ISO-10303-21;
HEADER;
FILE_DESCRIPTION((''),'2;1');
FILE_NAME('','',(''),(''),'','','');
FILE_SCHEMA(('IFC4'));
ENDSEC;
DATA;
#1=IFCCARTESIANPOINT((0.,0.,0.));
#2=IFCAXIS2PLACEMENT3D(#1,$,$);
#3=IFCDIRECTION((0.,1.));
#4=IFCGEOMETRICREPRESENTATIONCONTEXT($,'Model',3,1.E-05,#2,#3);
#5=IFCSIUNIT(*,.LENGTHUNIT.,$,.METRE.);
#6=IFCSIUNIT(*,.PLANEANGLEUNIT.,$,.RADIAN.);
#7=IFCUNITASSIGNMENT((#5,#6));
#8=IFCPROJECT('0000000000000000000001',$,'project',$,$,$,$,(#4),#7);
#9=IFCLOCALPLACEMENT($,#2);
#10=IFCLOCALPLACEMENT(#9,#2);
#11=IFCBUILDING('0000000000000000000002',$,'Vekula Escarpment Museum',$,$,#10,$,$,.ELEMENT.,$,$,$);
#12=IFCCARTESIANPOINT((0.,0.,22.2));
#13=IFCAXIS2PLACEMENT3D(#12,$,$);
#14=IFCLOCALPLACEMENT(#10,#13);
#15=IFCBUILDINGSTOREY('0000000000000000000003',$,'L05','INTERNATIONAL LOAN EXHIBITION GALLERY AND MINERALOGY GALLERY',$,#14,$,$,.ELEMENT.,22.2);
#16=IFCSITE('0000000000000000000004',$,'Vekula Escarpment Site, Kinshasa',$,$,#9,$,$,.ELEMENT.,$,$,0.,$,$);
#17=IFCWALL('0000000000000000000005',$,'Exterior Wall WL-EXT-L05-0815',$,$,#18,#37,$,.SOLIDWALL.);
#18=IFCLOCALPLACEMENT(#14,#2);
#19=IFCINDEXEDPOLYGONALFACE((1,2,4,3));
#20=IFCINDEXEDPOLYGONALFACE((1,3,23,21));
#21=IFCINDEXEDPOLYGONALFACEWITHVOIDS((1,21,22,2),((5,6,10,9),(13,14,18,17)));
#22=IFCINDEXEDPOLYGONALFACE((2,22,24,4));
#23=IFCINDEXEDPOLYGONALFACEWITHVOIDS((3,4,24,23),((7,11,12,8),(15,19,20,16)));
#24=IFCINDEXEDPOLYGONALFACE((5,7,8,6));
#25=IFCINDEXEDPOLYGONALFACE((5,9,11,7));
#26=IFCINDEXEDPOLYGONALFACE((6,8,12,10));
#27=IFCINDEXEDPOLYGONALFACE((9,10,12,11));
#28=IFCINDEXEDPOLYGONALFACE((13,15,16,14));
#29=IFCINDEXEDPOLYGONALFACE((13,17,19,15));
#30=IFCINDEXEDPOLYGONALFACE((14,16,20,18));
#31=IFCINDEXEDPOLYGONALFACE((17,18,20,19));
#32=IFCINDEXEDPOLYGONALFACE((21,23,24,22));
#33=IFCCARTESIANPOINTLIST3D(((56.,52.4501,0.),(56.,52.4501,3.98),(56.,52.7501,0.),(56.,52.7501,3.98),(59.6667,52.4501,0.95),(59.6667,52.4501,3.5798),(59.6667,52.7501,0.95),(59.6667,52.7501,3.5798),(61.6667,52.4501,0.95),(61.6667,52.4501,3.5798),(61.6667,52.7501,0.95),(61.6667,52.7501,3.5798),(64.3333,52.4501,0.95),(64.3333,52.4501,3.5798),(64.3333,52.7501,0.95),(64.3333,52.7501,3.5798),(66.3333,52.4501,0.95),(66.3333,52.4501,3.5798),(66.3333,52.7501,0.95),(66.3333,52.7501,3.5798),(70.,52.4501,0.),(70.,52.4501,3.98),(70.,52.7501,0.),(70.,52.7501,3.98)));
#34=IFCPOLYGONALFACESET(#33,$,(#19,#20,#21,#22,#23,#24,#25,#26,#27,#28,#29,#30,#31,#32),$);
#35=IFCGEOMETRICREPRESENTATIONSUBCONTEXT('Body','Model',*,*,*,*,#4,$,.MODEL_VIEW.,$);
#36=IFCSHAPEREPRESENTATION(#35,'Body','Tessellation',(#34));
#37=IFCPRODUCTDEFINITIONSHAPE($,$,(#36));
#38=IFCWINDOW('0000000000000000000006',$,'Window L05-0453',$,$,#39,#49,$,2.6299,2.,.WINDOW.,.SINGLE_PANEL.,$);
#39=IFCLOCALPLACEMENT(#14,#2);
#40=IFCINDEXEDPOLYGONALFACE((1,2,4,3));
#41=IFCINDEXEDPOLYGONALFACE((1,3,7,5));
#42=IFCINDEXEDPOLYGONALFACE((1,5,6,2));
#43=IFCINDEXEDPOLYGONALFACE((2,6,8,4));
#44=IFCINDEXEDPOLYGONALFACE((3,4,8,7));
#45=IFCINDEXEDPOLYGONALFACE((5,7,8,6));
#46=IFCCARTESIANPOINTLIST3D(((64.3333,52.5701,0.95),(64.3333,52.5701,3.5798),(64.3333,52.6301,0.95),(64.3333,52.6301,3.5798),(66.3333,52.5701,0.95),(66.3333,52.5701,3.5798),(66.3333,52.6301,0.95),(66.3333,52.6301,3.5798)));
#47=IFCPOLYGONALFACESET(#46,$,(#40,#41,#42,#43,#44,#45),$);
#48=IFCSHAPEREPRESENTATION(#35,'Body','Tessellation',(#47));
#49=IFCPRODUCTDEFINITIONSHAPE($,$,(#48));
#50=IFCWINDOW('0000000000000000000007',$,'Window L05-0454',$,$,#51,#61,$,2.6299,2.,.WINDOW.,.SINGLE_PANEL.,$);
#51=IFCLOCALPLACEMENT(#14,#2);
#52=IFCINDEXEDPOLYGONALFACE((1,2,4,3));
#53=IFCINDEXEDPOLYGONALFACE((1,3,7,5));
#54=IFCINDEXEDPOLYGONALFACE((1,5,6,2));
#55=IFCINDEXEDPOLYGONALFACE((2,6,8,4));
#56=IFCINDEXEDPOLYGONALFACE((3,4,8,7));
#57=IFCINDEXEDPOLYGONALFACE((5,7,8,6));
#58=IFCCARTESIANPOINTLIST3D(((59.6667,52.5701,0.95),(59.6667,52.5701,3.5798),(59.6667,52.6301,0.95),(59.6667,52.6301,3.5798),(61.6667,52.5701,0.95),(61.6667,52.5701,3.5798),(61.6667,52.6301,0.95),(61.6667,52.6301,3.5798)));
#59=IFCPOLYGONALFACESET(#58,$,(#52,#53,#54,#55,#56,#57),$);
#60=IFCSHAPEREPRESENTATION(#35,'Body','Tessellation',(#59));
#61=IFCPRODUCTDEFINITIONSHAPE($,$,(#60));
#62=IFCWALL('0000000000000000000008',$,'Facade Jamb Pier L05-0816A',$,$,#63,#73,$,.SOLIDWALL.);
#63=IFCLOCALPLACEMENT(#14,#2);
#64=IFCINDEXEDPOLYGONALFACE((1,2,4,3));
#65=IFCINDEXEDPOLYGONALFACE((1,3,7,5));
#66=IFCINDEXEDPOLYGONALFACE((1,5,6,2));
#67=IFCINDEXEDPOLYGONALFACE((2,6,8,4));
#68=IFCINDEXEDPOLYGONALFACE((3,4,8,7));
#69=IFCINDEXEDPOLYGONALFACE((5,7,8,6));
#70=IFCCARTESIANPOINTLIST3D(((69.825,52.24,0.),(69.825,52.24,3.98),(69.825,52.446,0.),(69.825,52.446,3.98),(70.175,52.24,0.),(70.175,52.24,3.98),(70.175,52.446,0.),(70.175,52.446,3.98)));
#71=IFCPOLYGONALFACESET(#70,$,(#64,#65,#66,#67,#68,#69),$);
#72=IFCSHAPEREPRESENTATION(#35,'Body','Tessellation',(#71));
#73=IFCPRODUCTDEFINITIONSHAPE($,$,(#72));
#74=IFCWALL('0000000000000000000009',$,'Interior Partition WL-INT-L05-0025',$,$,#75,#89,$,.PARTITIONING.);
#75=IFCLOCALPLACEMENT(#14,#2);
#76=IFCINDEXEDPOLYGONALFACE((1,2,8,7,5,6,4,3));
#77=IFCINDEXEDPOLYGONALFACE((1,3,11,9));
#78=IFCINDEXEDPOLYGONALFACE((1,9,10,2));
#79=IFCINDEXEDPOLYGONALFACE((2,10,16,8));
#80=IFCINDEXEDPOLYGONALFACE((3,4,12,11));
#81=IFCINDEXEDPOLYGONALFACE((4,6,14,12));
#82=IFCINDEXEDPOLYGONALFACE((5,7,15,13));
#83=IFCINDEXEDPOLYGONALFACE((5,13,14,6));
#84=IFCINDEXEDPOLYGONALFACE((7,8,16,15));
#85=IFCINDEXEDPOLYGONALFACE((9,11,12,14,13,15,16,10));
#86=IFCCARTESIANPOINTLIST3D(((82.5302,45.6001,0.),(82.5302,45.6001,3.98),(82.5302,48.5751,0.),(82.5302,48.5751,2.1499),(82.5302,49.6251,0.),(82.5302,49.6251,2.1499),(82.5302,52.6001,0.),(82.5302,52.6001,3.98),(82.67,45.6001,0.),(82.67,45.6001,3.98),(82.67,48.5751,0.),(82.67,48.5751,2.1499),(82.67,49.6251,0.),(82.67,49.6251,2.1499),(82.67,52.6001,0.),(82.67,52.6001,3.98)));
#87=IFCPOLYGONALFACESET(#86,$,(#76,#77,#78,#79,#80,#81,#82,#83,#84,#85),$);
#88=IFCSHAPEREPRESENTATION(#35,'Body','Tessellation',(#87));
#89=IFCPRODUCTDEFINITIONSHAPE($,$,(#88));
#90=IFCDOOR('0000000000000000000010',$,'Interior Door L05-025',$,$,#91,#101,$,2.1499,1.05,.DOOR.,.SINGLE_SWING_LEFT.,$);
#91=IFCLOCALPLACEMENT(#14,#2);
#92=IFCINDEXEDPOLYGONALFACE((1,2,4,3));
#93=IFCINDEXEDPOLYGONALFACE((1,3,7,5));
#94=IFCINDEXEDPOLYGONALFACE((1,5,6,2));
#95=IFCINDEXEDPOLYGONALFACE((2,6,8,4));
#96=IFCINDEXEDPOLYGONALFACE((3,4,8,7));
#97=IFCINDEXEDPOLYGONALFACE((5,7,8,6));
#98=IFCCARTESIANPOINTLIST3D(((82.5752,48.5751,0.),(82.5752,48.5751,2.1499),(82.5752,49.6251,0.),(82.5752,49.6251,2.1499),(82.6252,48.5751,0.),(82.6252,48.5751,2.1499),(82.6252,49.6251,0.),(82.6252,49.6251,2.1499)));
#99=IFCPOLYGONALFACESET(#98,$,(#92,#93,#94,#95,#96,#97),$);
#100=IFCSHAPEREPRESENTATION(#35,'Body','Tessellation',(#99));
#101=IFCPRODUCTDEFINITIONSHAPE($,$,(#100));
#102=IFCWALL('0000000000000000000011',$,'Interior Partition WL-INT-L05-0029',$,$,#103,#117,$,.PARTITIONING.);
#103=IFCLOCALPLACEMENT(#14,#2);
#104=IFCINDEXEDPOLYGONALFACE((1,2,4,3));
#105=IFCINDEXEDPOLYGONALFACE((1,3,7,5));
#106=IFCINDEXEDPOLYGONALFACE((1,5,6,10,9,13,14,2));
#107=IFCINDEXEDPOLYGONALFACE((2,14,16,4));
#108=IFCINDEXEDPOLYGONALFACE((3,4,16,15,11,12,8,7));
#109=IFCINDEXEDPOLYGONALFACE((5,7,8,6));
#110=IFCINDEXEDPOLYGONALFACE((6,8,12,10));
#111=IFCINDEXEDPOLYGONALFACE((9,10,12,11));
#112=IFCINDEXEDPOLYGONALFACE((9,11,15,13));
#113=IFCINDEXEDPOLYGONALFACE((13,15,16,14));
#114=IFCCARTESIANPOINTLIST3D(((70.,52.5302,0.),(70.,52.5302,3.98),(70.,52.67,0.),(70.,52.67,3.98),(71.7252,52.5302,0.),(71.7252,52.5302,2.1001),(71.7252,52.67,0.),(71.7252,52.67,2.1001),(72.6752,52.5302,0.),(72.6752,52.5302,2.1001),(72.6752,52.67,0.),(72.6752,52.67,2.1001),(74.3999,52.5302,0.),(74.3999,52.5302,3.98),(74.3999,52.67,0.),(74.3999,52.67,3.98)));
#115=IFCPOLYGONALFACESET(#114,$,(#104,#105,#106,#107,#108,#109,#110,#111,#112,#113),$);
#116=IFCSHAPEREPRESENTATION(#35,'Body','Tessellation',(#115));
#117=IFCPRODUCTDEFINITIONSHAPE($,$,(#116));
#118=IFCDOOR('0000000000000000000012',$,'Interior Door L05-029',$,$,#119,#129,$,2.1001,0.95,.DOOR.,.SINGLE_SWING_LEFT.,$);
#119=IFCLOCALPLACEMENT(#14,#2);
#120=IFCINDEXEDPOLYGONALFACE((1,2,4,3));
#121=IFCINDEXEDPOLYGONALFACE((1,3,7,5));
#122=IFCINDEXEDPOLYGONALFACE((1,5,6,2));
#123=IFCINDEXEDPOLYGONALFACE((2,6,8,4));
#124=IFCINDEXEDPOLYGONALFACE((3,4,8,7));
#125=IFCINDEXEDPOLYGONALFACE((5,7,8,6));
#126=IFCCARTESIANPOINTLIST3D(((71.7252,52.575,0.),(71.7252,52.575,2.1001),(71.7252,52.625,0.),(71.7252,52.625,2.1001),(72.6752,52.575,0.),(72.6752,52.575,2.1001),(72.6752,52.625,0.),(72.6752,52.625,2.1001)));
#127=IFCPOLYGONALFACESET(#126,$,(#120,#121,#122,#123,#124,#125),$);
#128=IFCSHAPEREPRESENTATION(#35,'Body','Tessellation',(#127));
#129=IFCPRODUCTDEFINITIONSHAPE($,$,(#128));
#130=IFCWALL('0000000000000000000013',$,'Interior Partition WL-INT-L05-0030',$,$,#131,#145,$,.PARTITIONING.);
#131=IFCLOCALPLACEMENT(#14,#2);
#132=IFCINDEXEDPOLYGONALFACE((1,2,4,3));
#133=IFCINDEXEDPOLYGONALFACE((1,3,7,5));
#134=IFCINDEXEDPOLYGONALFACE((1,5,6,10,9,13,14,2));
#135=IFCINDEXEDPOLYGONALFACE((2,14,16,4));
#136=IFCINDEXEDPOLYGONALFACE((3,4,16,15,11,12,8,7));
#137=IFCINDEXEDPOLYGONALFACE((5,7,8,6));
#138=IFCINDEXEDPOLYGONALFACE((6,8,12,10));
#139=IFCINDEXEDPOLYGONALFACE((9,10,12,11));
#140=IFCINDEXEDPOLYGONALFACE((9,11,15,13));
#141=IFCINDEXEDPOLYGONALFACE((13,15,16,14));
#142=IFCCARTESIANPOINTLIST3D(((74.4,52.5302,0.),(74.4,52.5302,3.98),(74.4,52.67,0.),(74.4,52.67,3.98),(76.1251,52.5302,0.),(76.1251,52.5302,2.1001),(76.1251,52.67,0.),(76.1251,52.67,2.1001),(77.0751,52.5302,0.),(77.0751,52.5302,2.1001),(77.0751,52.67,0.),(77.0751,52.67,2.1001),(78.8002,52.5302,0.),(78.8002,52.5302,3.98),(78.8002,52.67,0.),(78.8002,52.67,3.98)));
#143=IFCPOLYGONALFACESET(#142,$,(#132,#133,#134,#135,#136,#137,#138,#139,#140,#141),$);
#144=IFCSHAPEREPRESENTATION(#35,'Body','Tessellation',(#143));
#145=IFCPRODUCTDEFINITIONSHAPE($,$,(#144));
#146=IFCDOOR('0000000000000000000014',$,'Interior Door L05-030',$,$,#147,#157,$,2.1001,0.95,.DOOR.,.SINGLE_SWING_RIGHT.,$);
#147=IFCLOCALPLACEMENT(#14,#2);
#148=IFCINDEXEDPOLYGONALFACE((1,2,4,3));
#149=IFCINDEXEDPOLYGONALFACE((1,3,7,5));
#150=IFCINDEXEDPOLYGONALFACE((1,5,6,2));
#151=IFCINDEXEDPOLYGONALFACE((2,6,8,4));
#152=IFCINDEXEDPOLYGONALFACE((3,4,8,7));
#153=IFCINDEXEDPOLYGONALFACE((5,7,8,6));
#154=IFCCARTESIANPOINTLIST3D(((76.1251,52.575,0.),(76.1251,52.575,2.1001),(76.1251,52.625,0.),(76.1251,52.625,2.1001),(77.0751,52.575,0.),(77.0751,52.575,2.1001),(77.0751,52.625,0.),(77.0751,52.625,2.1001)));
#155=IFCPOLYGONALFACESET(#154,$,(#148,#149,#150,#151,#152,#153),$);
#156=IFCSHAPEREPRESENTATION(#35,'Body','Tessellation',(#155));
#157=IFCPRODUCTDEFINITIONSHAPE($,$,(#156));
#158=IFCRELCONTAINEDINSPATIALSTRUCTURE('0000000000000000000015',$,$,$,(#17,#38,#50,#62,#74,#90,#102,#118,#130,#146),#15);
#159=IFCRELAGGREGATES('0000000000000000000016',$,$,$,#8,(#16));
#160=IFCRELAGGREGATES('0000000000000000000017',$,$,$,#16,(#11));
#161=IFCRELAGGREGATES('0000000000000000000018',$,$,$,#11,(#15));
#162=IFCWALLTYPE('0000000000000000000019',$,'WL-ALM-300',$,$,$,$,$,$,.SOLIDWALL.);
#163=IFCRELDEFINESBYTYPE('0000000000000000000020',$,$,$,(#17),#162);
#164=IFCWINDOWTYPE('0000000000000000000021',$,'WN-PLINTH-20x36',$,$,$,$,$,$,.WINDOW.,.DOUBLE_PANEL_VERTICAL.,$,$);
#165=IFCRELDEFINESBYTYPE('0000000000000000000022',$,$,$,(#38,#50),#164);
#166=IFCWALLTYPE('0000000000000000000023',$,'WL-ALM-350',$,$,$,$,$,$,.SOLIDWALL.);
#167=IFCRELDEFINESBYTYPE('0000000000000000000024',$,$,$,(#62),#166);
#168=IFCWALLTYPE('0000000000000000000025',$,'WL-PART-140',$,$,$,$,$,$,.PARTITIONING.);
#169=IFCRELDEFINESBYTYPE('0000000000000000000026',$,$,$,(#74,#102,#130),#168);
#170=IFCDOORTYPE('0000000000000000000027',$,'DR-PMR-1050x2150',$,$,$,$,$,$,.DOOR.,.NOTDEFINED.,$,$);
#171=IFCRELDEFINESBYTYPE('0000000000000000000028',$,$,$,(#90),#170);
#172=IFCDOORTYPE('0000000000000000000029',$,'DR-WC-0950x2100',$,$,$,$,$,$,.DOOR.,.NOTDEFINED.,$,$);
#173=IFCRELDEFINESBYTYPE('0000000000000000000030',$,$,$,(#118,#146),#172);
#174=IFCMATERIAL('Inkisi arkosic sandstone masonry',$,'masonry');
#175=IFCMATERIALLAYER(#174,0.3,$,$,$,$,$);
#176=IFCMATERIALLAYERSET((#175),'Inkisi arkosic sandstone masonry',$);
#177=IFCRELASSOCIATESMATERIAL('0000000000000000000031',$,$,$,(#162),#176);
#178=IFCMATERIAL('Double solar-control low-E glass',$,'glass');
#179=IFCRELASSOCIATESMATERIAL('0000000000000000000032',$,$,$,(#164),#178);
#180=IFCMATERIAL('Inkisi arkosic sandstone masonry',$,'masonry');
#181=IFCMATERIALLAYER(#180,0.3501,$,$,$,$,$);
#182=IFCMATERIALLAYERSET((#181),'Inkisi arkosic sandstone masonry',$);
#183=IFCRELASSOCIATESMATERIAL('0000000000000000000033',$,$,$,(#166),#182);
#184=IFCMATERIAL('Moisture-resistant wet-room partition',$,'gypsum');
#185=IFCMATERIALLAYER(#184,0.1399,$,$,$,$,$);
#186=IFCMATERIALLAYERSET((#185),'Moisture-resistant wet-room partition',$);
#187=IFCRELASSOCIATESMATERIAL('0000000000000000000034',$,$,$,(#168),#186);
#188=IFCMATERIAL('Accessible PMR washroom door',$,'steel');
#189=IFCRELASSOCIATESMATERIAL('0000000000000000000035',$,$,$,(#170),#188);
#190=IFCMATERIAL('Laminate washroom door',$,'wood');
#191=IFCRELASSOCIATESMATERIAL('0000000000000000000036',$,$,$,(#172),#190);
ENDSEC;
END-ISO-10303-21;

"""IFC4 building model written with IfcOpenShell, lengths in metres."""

from ifc_helpers import new_model, si_unit, direction, frame, frame_2d, origin, place, context, subcontext, project, spatial, rectangle, extrude, material, layer, layer_set, type_object, element, fill, save


model = new_model("IFC4")

# Units and contexts
model_context = context("Model", 3, precision=1e-05, world=origin(), true_north=direction((0.0, 1.0)))
body_context = subcontext(model_context, "Body", "Model", "MODEL_VIEW")
ifc_project = project(units=[si_unit("LENGTHUNIT", "METRE"), si_unit("PLANEANGLEUNIT", "RADIAN")], contexts=[model_context])

# Site, building, storey
site_placement = place(None, origin())
site = spatial("IfcSite", under=ifc_project, at=site_placement, Name="Vekula Escarpment Site, Kinshasa", CompositionType="ELEMENT", RefElevation=0.0)
building_placement = place(site_placement, origin())
building = spatial("IfcBuilding", under=site, at=building_placement, Name="Vekula Escarpment Museum", CompositionType="ELEMENT")
storey_placement = place(building_placement, frame((0.0, 0.0, 22.2)))
storey = spatial("IfcBuildingStorey", under=building, at=storey_placement, Name="L05", Description="INTERNATIONAL LOAN EXHIBITION GALLERY AND MINERALOGY GALLERY", CompositionType="ELEMENT", Elevation=22.2)

# Wall, openings, windows
ifc_material_1 = material(Name="Inkisi arkosic sandstone masonry", Category="masonry")
ifc_layer_1 = layer(ifc_material_1, 0.3)
ifc_layer_set_1 = layer_set([ifc_layer_1], Name="Inkisi arkosic sandstone masonry")
wall_type_1 = type_object("IfcWallType", Name="WL-ALM-300", PredefinedType="SOLIDWALL", material=ifc_layer_set_1)
wall_1_placement = place(storey_placement, frame((70.0, 52.6001, 0.0), z_axis=(0.0, 0.0, 1.0), x_axis=(-1.0, 0.0, 0.0)))
wall_1 = element("IfcWall", 1, at=wall_1_placement, inside=storey, type_object=wall_type_1, Name="Exterior Wall WL-EXT-L05-0815", PredefinedType="SOLIDWALL", context=body_context, shape_type="SweptSolid", body=[
    extrude(rectangle(XDim=14.0, YDim=0.3, at=frame_2d((7.0, 0.0))), origin(), (0.0, 0.0, 1.0), 3.98),
])
opening_1_placement = place(wall_1_placement, frame((3.6667, 0.0, 0.95)))
opening_1 = element("IfcOpeningElement", 2, at=opening_1_placement, cuts=wall_1, PredefinedType="OPENING", context=body_context, shape_type="SweptSolid", body=[
    extrude(rectangle(XDim=2.0, YDim=2.6299, at=frame_2d((1.0, 1.3149))), frame((0.0, 0.1599, 0.0), z_axis=(0.0, -1.0, 0.0), x_axis=(1.0, 0.0, 0.0)), (0.0, 0.0, 1.0), 0.3201),
])
opening_2_placement = place(wall_1_placement, frame((8.3333, 0.0, 0.95)))
opening_2 = element("IfcOpeningElement", 3, at=opening_2_placement, cuts=wall_1, PredefinedType="OPENING", context=body_context, shape_type="SweptSolid", body=[
    extrude(rectangle(XDim=2.0, YDim=2.6299, at=frame_2d((1.0, 1.3149))), frame((0.0, 0.1599, 0.0), z_axis=(0.0, -1.0, 0.0), x_axis=(1.0, 0.0, 0.0)), (0.0, 0.0, 1.0), 0.3201),
])
ifc_material_2 = material(Name="Double solar-control low-E glass", Category="glass")
window_type = type_object("IfcWindowType", Name="WN-PLINTH-20x36", PartitioningType="DOUBLE_PANEL_VERTICAL", PredefinedType="WINDOW", material=ifc_material_2)
window_1_placement = place(opening_1_placement, origin())
window_1 = element("IfcWindow", 4, at=window_1_placement, inside=storey, type_object=window_type, Name="Window L05-0453", OverallHeight=2.6299, OverallWidth=2.0, PartitioningType="SINGLE_PANEL", PredefinedType="WINDOW", context=body_context, shape_type="SweptSolid", body=[
    extrude(rectangle(XDim=2.0, YDim=2.6299, at=frame_2d((1.0, 1.3149))), frame((0.0, 0.03, 0.0), z_axis=(0.0, -1.0, 0.0), x_axis=(1.0, 0.0, 0.0)), (0.0, 0.0, 1.0), 0.0601),
])
fill(opening_1, window_1)
window_2_placement = place(opening_2_placement, origin())
window_2 = element("IfcWindow", 5, at=window_2_placement, inside=storey, type_object=window_type, Name="Window L05-0454", OverallHeight=2.6299, OverallWidth=2.0, PartitioningType="SINGLE_PANEL", PredefinedType="WINDOW", context=body_context, shape_type="SweptSolid", body=[
    extrude(rectangle(XDim=2.0, YDim=2.6299, at=frame_2d((1.0, 1.3149))), frame((0.0, 0.03, 0.0), z_axis=(0.0, -1.0, 0.0), x_axis=(1.0, 0.0, 0.0)), (0.0, 0.0, 1.0), 0.0601),
])
fill(opening_2, window_2)

# Wall
ifc_material_3 = material(Name="Inkisi arkosic sandstone masonry", Category="masonry")
ifc_layer_2 = layer(ifc_material_3, 0.3501)
ifc_layer_set_2 = layer_set([ifc_layer_2], Name="Inkisi arkosic sandstone masonry")
wall_type_2 = type_object("IfcWallType", Name="WL-ALM-350", PredefinedType="SOLIDWALL", material=ifc_layer_set_2)
wall_2_placement = place(storey_placement, frame((70.0, 52.446, 0.0), z_axis=(0.0, 0.0, 1.0), x_axis=(0.0, -1.0, 0.0)))
element("IfcWall", 6, at=wall_2_placement, inside=storey, type_object=wall_type_2, Name="Facade Jamb Pier L05-0816A", PredefinedType="SOLIDWALL", context=body_context, shape_type="SweptSolid", body=[
    extrude(rectangle(XDim=0.2061, YDim=0.3501, at=frame_2d((0.103, 0.0))), origin(), (0.0, 0.0, 1.0), 3.98),
])

# Walls, openings, doors
ifc_material_4 = material(Name="Moisture-resistant wet-room partition", Category="gypsum")
ifc_layer_3 = layer(ifc_material_4, 0.1399)
ifc_layer_set_3 = layer_set([ifc_layer_3], Name="Moisture-resistant wet-room partition")
wall_type_3 = type_object("IfcWallType", Name="WL-PART-140", PredefinedType="PARTITIONING", material=ifc_layer_set_3)
wall_3_placement = place(storey_placement, frame((82.6001, 45.6001, 0.0), z_axis=(0.0, 0.0, 1.0), x_axis=(0.0, 1.0, 0.0)))
wall_3 = element("IfcWall", 7, at=wall_3_placement, inside=storey, type_object=wall_type_3, Name="Interior Partition WL-INT-L05-0025", PredefinedType="PARTITIONING", context=body_context, shape_type="SweptSolid", body=[
    extrude(rectangle(XDim=7.0, YDim=0.1399, at=frame_2d((3.5, 0.0))), origin(), (0.0, 0.0, 1.0), 3.98),
])
opening_3_placement = place(wall_3_placement, frame((2.9751, 0.0, 0.0)))
opening_3 = element("IfcOpeningElement", 8, at=opening_3_placement, cuts=wall_3, PredefinedType="OPENING", context=body_context, shape_type="SweptSolid", body=[
    extrude(rectangle(XDim=1.05, YDim=2.1499, at=frame_2d((0.5249, 1.075))), frame((0.0, 0.0798, 0.0), z_axis=(0.0, -1.0, 0.0), x_axis=(1.0, 0.0, 0.0)), (0.0, 0.0, 1.0), 0.1599),
])
ifc_material_5 = material(Name="Accessible PMR washroom door", Category="steel")
door_type_1 = type_object("IfcDoorType", Name="DR-PMR-1050x2150", OperationType="NOTDEFINED", PredefinedType="DOOR", material=ifc_material_5)
door_1_placement = place(opening_3_placement, origin())
door_1 = element("IfcDoor", 9, at=door_1_placement, inside=storey, type_object=door_type_1, Name="Interior Door L05-025", OperationType="SINGLE_SWING_LEFT", OverallHeight=2.1499, OverallWidth=1.05, PredefinedType="DOOR", context=body_context, shape_type="SweptSolid", body=[
    extrude(rectangle(XDim=1.05, YDim=2.1499, at=frame_2d((0.5249, 1.075))), frame((0.0, 0.0249, 0.0), z_axis=(0.0, -1.0, 0.0), x_axis=(1.0, 0.0, 0.0)), (0.0, 0.0, 1.0), 0.05),
])
fill(opening_3, door_1)
wall_4_placement = place(storey_placement, frame((70.0, 52.6001, 0.0), z_axis=(0.0, 0.0, 1.0), x_axis=(1.0, 0.0, 0.0)))
wall_4 = element("IfcWall", 10, at=wall_4_placement, inside=storey, type_object=wall_type_3, Name="Interior Partition WL-INT-L05-0029", PredefinedType="PARTITIONING", context=body_context, shape_type="SweptSolid", body=[
    extrude(rectangle(XDim=4.3999, YDim=0.1399, at=frame_2d((2.2, 0.0))), origin(), (0.0, 0.0, 1.0), 3.98),
])
opening_4_placement = place(wall_4_placement, frame((1.7251, 0.0, 0.0)))
opening_4 = element("IfcOpeningElement", 11, at=opening_4_placement, cuts=wall_4, PredefinedType="OPENING", context=body_context, shape_type="SweptSolid", body=[
    extrude(rectangle(XDim=0.95, YDim=2.1001, at=frame_2d((0.4751, 1.05))), frame((0.0, 0.0798, 0.0), z_axis=(0.0, -1.0, 0.0), x_axis=(1.0, 0.0, 0.0)), (0.0, 0.0, 1.0), 0.1599),
])
ifc_material_6 = material(Name="Laminate washroom door", Category="wood")
door_type_2 = type_object("IfcDoorType", Name="DR-WC-0950x2100", OperationType="NOTDEFINED", PredefinedType="DOOR", material=ifc_material_6)
door_2_placement = place(opening_4_placement, origin())
door_2 = element("IfcDoor", 12, at=door_2_placement, inside=storey, type_object=door_type_2, Name="Interior Door L05-029", OperationType="SINGLE_SWING_LEFT", OverallHeight=2.1001, OverallWidth=0.95, PredefinedType="DOOR", context=body_context, shape_type="SweptSolid", body=[
    extrude(rectangle(XDim=0.95, YDim=2.1001, at=frame_2d((0.4751, 1.05))), frame((0.0, 0.0249, 0.0), z_axis=(0.0, -1.0, 0.0), x_axis=(1.0, 0.0, 0.0)), (0.0, 0.0, 1.0), 0.05),
])
fill(opening_4, door_2)
wall_5_placement = place(storey_placement, frame((74.3999, 52.6001, 0.0), z_axis=(0.0, 0.0, 1.0), x_axis=(1.0, 0.0, 0.0)))
wall_5 = element("IfcWall", 13, at=wall_5_placement, inside=storey, type_object=wall_type_3, Name="Interior Partition WL-INT-L05-0030", PredefinedType="PARTITIONING", context=body_context, shape_type="SweptSolid", body=[
    extrude(rectangle(XDim=4.4001, YDim=0.1399, at=frame_2d((2.2002, 0.0))), origin(), (0.0, 0.0, 1.0), 3.98),
])
opening_5_placement = place(wall_5_placement, frame((1.7251, 0.0, 0.0)))
opening_5 = element("IfcOpeningElement", 14, at=opening_5_placement, cuts=wall_5, PredefinedType="OPENING", context=body_context, shape_type="SweptSolid", body=[
    extrude(rectangle(XDim=0.95, YDim=2.1001, at=frame_2d((0.4751, 1.05))), frame((0.0, 0.0798, 0.0), z_axis=(0.0, -1.0, 0.0), x_axis=(1.0, 0.0, 0.0)), (0.0, 0.0, 1.0), 0.1599),
])
door_3_placement = place(opening_5_placement, origin())
door_3 = element("IfcDoor", 15, at=door_3_placement, inside=storey, type_object=door_type_2, Name="Interior Door L05-030", OperationType="SINGLE_SWING_RIGHT", OverallHeight=2.1001, OverallWidth=0.95, PredefinedType="DOOR", context=body_context, shape_type="SweptSolid", body=[
    extrude(rectangle(XDim=0.95, YDim=2.1001, at=frame_2d((0.4751, 1.05))), frame((0.0, 0.0249, 0.0), z_axis=(0.0, -1.0, 0.0), x_axis=(1.0, 0.0, 0.0)), (0.0, 0.0, 1.0), 0.05),
])
fill(opening_5, door_3)

save(model, "model.ifc")
